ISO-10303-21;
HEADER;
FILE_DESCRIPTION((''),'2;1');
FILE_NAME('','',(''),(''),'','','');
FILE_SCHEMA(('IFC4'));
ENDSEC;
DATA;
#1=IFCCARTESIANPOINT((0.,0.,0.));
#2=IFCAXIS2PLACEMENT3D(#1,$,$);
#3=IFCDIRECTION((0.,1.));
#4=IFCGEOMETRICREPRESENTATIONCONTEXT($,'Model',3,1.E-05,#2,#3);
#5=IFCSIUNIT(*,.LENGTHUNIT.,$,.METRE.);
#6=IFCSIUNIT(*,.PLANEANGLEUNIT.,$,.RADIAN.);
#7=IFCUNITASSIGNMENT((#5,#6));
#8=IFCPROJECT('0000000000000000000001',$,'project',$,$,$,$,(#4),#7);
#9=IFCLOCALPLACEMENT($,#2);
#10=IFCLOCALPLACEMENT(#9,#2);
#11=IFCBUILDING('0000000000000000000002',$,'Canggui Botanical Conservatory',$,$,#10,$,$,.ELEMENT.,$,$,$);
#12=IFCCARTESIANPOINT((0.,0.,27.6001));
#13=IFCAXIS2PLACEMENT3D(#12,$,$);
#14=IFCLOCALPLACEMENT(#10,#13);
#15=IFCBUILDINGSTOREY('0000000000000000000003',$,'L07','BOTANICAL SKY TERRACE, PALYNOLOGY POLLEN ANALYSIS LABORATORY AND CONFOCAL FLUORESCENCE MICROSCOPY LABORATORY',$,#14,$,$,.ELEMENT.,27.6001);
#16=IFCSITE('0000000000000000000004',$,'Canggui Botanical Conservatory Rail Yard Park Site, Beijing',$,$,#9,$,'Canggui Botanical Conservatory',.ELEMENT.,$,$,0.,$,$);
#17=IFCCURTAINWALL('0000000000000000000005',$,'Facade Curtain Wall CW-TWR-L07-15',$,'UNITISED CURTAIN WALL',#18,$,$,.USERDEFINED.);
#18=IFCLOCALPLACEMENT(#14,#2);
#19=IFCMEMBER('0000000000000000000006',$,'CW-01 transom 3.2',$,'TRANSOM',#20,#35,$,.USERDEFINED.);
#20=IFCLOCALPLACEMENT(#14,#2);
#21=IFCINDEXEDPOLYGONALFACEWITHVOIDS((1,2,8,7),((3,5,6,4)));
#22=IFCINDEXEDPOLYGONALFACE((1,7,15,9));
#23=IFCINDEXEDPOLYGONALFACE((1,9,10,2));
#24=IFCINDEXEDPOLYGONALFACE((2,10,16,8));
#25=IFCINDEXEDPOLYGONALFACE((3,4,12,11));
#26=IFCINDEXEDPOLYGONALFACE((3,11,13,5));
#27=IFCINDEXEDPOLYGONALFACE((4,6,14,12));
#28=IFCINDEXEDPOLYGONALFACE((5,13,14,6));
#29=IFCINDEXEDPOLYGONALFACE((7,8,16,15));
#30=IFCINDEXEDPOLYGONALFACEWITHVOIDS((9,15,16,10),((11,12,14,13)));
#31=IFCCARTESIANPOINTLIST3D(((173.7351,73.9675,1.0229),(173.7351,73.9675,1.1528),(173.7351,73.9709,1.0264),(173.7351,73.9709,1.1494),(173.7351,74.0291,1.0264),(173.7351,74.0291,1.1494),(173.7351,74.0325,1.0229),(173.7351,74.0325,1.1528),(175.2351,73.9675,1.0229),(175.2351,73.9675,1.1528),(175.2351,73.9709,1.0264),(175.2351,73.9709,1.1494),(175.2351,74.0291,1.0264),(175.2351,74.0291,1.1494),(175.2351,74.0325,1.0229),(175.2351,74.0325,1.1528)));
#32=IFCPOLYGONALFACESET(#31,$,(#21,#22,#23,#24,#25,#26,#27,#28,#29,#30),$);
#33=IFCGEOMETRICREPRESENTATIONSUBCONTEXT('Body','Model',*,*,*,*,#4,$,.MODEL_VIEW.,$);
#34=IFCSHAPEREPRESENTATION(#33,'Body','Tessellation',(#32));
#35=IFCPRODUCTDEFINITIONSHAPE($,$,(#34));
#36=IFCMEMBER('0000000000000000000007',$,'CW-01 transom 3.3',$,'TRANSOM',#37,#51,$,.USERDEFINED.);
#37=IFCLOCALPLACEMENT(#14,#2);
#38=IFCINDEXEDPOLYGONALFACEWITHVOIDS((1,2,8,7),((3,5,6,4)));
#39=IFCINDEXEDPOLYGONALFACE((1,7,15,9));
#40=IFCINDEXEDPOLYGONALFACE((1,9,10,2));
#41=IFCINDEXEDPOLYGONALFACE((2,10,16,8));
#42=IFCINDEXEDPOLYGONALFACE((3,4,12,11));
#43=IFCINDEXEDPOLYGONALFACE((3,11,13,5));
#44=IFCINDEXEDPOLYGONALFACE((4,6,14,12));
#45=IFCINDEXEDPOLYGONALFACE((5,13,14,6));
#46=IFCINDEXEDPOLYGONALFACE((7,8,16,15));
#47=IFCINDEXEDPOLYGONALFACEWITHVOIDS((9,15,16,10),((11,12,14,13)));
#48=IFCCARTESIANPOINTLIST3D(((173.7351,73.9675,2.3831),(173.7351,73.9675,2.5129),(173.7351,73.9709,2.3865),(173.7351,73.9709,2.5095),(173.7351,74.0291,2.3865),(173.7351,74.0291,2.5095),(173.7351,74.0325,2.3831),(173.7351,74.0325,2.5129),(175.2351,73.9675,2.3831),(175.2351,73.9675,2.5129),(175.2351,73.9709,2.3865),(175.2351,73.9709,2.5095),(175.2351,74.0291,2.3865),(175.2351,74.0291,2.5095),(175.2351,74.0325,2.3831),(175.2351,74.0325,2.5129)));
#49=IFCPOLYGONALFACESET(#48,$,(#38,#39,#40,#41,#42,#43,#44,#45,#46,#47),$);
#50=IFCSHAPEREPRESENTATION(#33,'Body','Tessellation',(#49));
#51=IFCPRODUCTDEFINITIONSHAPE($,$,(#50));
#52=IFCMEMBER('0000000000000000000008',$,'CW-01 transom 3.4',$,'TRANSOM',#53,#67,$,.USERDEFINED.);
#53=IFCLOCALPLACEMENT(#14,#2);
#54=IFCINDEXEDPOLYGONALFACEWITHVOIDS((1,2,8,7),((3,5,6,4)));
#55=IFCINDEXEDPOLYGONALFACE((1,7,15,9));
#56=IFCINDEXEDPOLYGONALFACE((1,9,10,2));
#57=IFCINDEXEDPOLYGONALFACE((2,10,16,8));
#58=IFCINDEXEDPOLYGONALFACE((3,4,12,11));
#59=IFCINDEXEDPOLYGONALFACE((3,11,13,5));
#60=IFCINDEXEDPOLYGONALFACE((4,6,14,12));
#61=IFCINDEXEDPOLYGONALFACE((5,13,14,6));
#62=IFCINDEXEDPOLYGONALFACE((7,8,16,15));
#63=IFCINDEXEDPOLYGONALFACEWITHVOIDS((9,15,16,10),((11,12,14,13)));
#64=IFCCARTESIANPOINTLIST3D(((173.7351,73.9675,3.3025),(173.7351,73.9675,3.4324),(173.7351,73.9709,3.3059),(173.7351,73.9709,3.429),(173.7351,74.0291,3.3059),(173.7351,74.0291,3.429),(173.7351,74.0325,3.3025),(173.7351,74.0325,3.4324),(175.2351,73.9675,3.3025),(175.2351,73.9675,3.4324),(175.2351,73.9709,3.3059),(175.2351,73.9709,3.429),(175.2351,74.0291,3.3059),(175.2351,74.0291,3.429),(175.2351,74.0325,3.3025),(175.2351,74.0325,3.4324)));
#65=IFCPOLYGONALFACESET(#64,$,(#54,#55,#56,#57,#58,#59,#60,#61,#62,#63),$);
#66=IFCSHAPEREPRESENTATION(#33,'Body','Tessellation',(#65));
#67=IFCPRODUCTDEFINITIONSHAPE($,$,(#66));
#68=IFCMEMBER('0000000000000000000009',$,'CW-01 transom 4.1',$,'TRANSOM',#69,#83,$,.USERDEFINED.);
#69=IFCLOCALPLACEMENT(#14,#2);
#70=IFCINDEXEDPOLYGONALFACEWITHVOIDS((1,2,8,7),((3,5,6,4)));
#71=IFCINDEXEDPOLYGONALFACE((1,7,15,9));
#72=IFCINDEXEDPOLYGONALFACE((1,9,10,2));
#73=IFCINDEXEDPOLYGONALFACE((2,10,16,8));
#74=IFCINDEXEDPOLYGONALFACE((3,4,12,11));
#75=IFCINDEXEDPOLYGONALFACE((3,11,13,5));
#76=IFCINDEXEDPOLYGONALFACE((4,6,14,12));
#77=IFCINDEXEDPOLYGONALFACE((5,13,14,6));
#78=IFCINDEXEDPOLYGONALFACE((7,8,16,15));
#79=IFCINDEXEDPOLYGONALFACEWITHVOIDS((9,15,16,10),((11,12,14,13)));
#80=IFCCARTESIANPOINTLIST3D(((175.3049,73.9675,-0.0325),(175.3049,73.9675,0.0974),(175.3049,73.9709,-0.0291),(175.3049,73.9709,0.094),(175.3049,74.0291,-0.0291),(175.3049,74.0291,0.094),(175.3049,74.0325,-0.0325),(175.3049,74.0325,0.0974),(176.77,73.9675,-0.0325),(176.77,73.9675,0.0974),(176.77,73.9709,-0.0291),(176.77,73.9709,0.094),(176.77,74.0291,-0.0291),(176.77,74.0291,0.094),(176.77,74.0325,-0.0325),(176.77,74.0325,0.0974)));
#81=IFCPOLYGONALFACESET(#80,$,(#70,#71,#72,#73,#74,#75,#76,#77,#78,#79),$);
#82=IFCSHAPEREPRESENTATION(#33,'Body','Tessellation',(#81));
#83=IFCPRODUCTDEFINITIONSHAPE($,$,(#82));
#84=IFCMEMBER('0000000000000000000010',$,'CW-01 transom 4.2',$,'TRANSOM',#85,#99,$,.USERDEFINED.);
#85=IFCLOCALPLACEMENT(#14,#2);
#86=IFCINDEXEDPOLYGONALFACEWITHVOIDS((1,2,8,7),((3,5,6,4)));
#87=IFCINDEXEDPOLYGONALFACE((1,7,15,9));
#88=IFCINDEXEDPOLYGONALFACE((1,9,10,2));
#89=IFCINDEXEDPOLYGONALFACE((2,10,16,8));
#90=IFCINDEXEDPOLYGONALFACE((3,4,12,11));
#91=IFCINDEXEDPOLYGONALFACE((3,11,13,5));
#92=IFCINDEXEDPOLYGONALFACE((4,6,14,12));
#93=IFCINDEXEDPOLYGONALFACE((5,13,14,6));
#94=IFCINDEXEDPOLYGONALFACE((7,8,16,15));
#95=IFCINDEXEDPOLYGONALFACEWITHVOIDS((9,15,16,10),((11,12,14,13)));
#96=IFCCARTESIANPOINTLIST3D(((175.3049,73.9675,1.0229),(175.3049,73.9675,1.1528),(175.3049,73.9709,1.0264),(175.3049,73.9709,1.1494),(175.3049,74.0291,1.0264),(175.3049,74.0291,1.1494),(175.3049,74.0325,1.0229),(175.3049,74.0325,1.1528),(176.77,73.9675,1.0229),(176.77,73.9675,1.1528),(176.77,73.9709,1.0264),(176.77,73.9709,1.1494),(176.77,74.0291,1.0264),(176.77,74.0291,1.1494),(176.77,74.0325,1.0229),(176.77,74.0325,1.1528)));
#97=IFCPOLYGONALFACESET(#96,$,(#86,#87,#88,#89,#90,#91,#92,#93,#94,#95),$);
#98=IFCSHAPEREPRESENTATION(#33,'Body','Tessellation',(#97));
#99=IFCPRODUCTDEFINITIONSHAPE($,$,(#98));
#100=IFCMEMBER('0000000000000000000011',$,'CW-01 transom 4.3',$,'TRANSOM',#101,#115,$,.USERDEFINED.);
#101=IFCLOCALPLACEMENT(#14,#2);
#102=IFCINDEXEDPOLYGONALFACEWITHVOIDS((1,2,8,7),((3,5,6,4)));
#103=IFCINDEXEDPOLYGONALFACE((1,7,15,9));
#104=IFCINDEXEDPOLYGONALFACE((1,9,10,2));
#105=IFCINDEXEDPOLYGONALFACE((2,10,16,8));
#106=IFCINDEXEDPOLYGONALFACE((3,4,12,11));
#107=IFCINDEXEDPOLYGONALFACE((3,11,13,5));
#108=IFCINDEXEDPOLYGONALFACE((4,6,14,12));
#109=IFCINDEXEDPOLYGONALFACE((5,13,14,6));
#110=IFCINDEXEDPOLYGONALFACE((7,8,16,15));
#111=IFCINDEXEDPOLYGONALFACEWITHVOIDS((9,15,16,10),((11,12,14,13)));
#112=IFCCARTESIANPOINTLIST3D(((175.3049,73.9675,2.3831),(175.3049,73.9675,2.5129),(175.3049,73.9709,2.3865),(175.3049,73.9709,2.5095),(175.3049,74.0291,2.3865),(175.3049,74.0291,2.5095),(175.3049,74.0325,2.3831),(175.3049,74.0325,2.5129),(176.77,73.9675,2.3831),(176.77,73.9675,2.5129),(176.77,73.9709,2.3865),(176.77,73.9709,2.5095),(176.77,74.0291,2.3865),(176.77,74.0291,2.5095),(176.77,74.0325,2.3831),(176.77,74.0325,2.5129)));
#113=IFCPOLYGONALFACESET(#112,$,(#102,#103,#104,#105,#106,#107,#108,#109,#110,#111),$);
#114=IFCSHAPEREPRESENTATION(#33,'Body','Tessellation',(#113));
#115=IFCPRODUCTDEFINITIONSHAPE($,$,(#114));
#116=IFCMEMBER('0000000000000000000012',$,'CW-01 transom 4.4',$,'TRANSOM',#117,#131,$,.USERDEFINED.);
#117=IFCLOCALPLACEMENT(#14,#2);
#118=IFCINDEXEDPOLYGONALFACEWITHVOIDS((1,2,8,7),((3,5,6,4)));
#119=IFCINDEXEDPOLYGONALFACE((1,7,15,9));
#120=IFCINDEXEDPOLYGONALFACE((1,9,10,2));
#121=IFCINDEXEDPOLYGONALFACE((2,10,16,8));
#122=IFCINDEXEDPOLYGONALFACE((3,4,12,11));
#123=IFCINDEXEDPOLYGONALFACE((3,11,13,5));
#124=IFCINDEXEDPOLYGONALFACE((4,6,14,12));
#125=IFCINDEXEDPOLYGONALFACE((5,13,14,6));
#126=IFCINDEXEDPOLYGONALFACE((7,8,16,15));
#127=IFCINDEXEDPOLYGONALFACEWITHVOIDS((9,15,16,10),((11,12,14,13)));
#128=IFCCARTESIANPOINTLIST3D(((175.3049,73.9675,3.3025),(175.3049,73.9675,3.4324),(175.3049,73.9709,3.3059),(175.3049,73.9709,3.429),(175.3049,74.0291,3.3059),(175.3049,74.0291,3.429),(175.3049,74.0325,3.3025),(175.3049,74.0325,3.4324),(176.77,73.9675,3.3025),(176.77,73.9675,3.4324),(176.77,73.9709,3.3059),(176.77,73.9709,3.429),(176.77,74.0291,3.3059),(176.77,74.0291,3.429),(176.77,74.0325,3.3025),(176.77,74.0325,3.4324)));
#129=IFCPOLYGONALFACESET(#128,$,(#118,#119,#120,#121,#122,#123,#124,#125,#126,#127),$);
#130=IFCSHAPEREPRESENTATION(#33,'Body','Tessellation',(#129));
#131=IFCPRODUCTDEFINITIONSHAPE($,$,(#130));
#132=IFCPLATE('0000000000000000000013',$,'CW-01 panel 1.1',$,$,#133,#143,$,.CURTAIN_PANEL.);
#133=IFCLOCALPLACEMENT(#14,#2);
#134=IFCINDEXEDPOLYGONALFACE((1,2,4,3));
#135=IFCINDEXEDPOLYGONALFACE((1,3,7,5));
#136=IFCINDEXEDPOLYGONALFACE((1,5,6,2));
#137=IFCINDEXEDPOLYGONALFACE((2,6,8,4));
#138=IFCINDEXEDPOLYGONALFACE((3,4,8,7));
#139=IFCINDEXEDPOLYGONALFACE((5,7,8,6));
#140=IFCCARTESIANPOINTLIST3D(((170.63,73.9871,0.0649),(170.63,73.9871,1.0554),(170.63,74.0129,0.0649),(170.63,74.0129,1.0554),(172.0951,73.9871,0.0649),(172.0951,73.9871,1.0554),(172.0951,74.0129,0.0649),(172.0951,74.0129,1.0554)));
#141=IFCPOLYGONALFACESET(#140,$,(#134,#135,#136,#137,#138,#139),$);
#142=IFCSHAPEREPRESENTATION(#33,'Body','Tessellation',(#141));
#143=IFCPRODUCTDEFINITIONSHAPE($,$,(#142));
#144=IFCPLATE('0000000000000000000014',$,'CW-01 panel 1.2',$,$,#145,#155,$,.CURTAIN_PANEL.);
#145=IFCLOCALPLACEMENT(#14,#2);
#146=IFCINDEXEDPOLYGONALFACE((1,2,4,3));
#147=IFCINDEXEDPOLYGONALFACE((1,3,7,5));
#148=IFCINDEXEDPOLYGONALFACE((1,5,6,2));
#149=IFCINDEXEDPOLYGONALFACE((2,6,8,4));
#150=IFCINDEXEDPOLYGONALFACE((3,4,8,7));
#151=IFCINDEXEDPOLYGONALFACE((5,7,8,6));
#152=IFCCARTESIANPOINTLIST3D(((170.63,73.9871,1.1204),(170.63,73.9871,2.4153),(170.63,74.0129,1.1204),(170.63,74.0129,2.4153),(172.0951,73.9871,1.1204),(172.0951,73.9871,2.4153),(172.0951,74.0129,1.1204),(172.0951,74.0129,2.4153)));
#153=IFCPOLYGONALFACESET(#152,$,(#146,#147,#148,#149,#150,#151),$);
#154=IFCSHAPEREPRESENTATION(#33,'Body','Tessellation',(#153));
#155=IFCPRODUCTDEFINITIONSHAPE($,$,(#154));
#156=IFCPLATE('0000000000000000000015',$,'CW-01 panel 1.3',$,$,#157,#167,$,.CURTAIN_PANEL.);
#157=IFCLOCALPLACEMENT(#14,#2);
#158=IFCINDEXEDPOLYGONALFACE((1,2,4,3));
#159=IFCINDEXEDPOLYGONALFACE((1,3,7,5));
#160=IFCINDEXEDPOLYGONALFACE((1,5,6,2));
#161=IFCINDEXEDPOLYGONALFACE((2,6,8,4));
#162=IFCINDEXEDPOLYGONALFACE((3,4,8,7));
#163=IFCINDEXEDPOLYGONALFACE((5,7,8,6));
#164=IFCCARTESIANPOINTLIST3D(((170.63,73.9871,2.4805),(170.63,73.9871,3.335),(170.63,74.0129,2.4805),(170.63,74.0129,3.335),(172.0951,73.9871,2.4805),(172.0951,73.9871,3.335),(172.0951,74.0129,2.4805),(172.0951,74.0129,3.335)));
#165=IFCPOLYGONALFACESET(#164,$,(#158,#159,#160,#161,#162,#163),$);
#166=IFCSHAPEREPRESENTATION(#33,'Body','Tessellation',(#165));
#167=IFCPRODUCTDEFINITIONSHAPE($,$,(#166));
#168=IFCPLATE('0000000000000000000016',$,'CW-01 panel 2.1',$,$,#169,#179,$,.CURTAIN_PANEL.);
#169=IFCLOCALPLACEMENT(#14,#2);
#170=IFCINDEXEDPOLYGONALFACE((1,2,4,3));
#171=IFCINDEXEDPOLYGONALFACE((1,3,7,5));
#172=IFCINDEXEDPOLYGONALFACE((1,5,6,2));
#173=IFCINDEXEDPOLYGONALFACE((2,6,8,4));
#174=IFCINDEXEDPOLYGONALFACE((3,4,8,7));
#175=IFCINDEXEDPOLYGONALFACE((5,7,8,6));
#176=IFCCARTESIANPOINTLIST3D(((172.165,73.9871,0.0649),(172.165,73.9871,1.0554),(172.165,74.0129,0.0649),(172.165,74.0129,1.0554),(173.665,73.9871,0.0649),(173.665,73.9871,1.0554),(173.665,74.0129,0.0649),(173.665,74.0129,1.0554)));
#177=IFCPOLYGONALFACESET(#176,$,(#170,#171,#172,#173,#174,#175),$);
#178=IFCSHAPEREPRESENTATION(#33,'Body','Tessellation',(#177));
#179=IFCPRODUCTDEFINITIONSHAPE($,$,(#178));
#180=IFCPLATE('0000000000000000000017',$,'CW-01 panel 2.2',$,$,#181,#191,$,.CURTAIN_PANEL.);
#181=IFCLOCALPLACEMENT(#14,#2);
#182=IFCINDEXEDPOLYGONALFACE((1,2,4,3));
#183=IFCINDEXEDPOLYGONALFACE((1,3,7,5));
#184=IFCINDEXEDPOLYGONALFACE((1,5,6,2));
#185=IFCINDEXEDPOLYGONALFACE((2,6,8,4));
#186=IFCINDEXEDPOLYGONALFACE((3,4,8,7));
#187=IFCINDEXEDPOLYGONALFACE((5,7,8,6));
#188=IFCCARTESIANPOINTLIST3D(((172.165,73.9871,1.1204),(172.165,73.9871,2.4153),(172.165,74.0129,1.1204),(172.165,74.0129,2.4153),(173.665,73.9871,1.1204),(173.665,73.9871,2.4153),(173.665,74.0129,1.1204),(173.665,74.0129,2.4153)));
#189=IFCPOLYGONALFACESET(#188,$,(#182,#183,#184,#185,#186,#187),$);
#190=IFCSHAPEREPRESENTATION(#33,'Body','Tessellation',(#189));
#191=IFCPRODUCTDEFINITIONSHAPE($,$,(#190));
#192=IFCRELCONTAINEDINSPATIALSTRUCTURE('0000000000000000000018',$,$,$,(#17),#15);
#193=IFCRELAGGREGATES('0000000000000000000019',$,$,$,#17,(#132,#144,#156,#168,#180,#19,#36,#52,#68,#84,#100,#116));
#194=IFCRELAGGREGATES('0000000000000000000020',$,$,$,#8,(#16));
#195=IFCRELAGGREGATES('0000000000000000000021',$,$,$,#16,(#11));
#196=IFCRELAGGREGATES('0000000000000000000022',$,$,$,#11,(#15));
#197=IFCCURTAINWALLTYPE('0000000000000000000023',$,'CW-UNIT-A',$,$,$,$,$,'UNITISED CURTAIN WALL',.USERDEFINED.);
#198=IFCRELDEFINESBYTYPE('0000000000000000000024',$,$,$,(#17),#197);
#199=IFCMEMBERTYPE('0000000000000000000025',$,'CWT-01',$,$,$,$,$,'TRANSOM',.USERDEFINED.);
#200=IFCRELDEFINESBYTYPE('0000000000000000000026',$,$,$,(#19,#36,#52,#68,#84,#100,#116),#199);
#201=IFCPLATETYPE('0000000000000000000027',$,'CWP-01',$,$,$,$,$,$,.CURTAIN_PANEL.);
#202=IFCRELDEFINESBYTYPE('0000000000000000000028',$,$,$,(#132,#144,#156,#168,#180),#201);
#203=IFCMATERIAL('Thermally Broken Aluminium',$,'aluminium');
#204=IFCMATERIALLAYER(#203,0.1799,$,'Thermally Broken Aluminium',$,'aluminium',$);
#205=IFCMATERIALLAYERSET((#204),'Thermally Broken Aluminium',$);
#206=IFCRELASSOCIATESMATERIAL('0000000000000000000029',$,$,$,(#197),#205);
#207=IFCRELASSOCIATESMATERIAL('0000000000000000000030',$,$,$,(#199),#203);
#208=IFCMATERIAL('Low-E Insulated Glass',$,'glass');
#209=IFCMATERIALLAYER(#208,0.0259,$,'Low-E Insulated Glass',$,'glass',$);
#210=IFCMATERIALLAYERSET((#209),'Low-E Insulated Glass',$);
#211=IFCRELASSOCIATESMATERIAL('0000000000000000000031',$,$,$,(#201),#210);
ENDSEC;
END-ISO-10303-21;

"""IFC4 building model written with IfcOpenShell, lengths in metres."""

from ifc_helpers import new_model, si_unit, direction, frame, origin, origin_2d, place, context, subcontext, project, spatial, rectangle, hollow_rectangle, extrude, material, layer, layer_set, material_profile, profile_set, type_object, element, aggregate, save


model = new_model("IFC4")

# Units and contexts
model_context = context("Model", 3, precision=1e-05, world=origin(), true_north=direction((0.0, 1.0)))
body_context = subcontext(model_context, "Body", "Model", "MODEL_VIEW")
ifc_project = project(units=[si_unit("LENGTHUNIT", "METRE"), si_unit("PLANEANGLEUNIT", "RADIAN")], contexts=[model_context])

# Site, building, storey
site_placement = place(None, origin())
site = spatial("IfcSite", under=ifc_project, at=site_placement, Name="Canggui Botanical Conservatory Rail Yard Park Site, Beijing", LongName="Canggui Botanical Conservatory", CompositionType="ELEMENT", RefElevation=0.0)
building_placement = place(site_placement, origin())
building = spatial("IfcBuilding", under=site, at=building_placement, Name="Canggui Botanical Conservatory", CompositionType="ELEMENT")
storey_placement = place(building_placement, frame((0.0, 0.0, 27.6001)))
storey = spatial("IfcBuildingStorey", under=building, at=storey_placement, Name="L07", Description="BOTANICAL SKY TERRACE, PALYNOLOGY POLLEN ANALYSIS LABORATORY AND CONFOCAL FLUORESCENCE MICROSCOPY LABORATORY", CompositionType="ELEMENT", Elevation=27.6001)

# Curtain wall, members, plates
ifc_material_1 = material(Name="Thermally Broken Aluminium", Category="aluminium")
ifc_layer_1 = layer(ifc_material_1, 0.1799, Name="Thermally Broken Aluminium", Category="aluminium")
ifc_layer_set_1 = layer_set([ifc_layer_1], Name="Thermally Broken Aluminium")
curtain_wall_type = type_object("IfcCurtainWallType", Name="CW-UNIT-A", ElementType="UNITISED CURTAIN WALL", PredefinedType="USERDEFINED", material=ifc_layer_set_1)
curtain_wall_placement = place(storey_placement, origin())
curtain_wall = element("IfcCurtainWall", 1, at=curtain_wall_placement, inside=storey, type_object=curtain_wall_type, Name="Facade Curtain Wall CW-TWR-L07-15", ObjectType="UNITISED CURTAIN WALL", PredefinedType="USERDEFINED")
ifc_material_profile_1 = material_profile(ifc_material_1, hollow_rectangle(XDim=0.0649, YDim=0.1299, WallThickness=0.0034, at=origin_2d()), Name="CWT 65x130x3.5")
ifc_profile_set_1 = profile_set([ifc_material_profile_1], Name="Thermally Broken Aluminium")
member_type_1 = type_object("IfcMemberType", Name="CWT-01", ElementType="TRANSOM", PredefinedType="USERDEFINED", material=ifc_profile_set_1)
member_1_placement = place(storey_placement, frame((173.7351, 74.0, 1.0879), z_axis=(1.0, 0.0, 0.0), x_axis=(0.0, 1.0, 0.0)))
member_1 = element("IfcMember", 2, at=member_1_placement, type_object=member_type_1, Name="CW-01 transom 3.2", ObjectType="TRANSOM", PredefinedType="USERDEFINED", context=body_context, shape_type="SweptSolid", body=[
    extrude(hollow_rectangle(XDim=0.0649, YDim=0.1299, WallThickness=0.0034, at=origin_2d()), origin(), (0.0, 0.0, 1.0), 1.5),
])
member_2_placement = place(storey_placement, frame((173.7351, 74.0, 2.448), z_axis=(1.0, 0.0, 0.0), x_axis=(0.0, 1.0, 0.0)))
member_2 = element("IfcMember", 3, at=member_2_placement, type_object=member_type_1, Name="CW-01 transom 3.3", ObjectType="TRANSOM", PredefinedType="USERDEFINED", context=body_context, shape_type="SweptSolid", body=[
    extrude(hollow_rectangle(XDim=0.0649, YDim=0.1299, WallThickness=0.0034, at=origin_2d()), origin(), (0.0, 0.0, 1.0), 1.5),
])
member_3_placement = place(storey_placement, frame((173.7351, 74.0, 3.3674), z_axis=(1.0, 0.0, 0.0), x_axis=(0.0, 1.0, 0.0)))
member_3 = element("IfcMember", 4, at=member_3_placement, type_object=member_type_1, Name="CW-01 transom 3.4", ObjectType="TRANSOM", PredefinedType="USERDEFINED", context=body_context, shape_type="SweptSolid", body=[
    extrude(hollow_rectangle(XDim=0.0649, YDim=0.1299, WallThickness=0.0034, at=origin_2d()), origin(), (0.0, 0.0, 1.0), 1.5),
])
member_4_placement = place(storey_placement, frame((175.3049, 74.0, 0.0325), z_axis=(1.0, 0.0, 0.0), x_axis=(0.0, 1.0, 0.0)))
member_4 = element("IfcMember", 5, at=member_4_placement, type_object=member_type_1, Name="CW-01 transom 4.1", ObjectType="TRANSOM", PredefinedType="USERDEFINED", context=body_context, shape_type="SweptSolid", body=[
    extrude(hollow_rectangle(XDim=0.0649, YDim=0.1299, WallThickness=0.0034, at=origin_2d()), origin(), (0.0, 0.0, 1.0), 1.4651),
])
member_5_placement = place(storey_placement, frame((175.3049, 74.0, 1.0879), z_axis=(1.0, 0.0, 0.0), x_axis=(0.0, 1.0, 0.0)))
member_5 = element("IfcMember", 6, at=member_5_placement, type_object=member_type_1, Name="CW-01 transom 4.2", ObjectType="TRANSOM", PredefinedType="USERDEFINED", context=body_context, shape_type="SweptSolid", body=[
    extrude(hollow_rectangle(XDim=0.0649, YDim=0.1299, WallThickness=0.0034, at=origin_2d()), origin(), (0.0, 0.0, 1.0), 1.4651),
])
member_6_placement = place(storey_placement, frame((175.3049, 74.0, 2.448), z_axis=(1.0, 0.0, 0.0), x_axis=(0.0, 1.0, 0.0)))
member_6 = element("IfcMember", 7, at=member_6_placement, type_object=member_type_1, Name="CW-01 transom 4.3", ObjectType="TRANSOM", PredefinedType="USERDEFINED", context=body_context, shape_type="SweptSolid", body=[
    extrude(hollow_rectangle(XDim=0.0649, YDim=0.1299, WallThickness=0.0034, at=origin_2d()), origin(), (0.0, 0.0, 1.0), 1.4651),
])
member_7_placement = place(storey_placement, frame((175.3049, 74.0, 3.3674), z_axis=(1.0, 0.0, 0.0), x_axis=(0.0, 1.0, 0.0)))
member_7 = element("IfcMember", 8, at=member_7_placement, type_object=member_type_1, Name="CW-01 transom 4.4", ObjectType="TRANSOM", PredefinedType="USERDEFINED", context=body_context, shape_type="SweptSolid", body=[
    extrude(hollow_rectangle(XDim=0.0649, YDim=0.1299, WallThickness=0.0034, at=origin_2d()), origin(), (0.0, 0.0, 1.0), 1.4651),
])
ifc_material_2 = material(Name="Low-E Insulated Glass", Category="glass")
ifc_layer_2 = layer(ifc_material_2, 0.0259, Name="Low-E Insulated Glass", Category="glass")
ifc_layer_set_2 = layer_set([ifc_layer_2], Name="Low-E Insulated Glass")
plate_type = type_object("IfcPlateType", Name="CWP-01", PredefinedType="CURTAIN_PANEL", material=ifc_layer_set_2)
plate_1_placement = place(storey_placement, frame((171.3625, 74.0, 0.0649), z_axis=(0.0, 0.0, 1.0), x_axis=(1.0, 0.0, 0.0)))
plate_1 = element("IfcPlate", 9, at=plate_1_placement, type_object=plate_type, Name="CW-01 panel 1.1", PredefinedType="CURTAIN_PANEL", context=body_context, shape_type="SweptSolid", body=[
    extrude(rectangle(XDim=1.4651, YDim=0.0259, at=origin_2d()), origin(), (0.0, 0.0, 1.0), 0.9905),
])
plate_2_placement = place(storey_placement, frame((171.3625, 74.0, 1.1204), z_axis=(0.0, 0.0, 1.0), x_axis=(1.0, 0.0, 0.0)))
plate_2 = element("IfcPlate", 10, at=plate_2_placement, type_object=plate_type, Name="CW-01 panel 1.2", PredefinedType="CURTAIN_PANEL", context=body_context, shape_type="SweptSolid", body=[
    extrude(rectangle(XDim=1.4651, YDim=0.0259, at=origin_2d()), origin(), (0.0, 0.0, 1.0), 1.2949),
])
plate_3_placement = place(storey_placement, frame((171.3625, 74.0, 2.4805), z_axis=(0.0, 0.0, 1.0), x_axis=(1.0, 0.0, 0.0)))
plate_3 = element("IfcPlate", 11, at=plate_3_placement, type_object=plate_type, Name="CW-01 panel 1.3", PredefinedType="CURTAIN_PANEL", context=body_context, shape_type="SweptSolid", body=[
    extrude(rectangle(XDim=1.4651, YDim=0.0259, at=origin_2d()), origin(), (0.0, 0.0, 1.0), 0.8545),
])
plate_4_placement = place(storey_placement, frame((172.915, 74.0, 0.0649), z_axis=(0.0, 0.0, 1.0), x_axis=(1.0, 0.0, 0.0)))
plate_4 = element("IfcPlate", 12, at=plate_4_placement, type_object=plate_type, Name="CW-01 panel 2.1", PredefinedType="CURTAIN_PANEL", context=body_context, shape_type="SweptSolid", body=[
    extrude(rectangle(XDim=1.5, YDim=0.0259, at=origin_2d()), origin(), (0.0, 0.0, 1.0), 0.9905),
])
plate_5_placement = place(storey_placement, frame((172.915, 74.0, 1.1204), z_axis=(0.0, 0.0, 1.0), x_axis=(1.0, 0.0, 0.0)))
plate_5 = element("IfcPlate", 13, at=plate_5_placement, type_object=plate_type, Name="CW-01 panel 2.2", PredefinedType="CURTAIN_PANEL", context=body_context, shape_type="SweptSolid", body=[
    extrude(rectangle(XDim=1.5, YDim=0.0259, at=origin_2d()), origin(), (0.0, 0.0, 1.0), 1.2949),
])
aggregate(curtain_wall, [plate_1, plate_2, plate_3, plate_4, plate_5, member_1, member_2, member_3, member_4, member_5, member_6, member_7])

save(model, "model.ifc")
